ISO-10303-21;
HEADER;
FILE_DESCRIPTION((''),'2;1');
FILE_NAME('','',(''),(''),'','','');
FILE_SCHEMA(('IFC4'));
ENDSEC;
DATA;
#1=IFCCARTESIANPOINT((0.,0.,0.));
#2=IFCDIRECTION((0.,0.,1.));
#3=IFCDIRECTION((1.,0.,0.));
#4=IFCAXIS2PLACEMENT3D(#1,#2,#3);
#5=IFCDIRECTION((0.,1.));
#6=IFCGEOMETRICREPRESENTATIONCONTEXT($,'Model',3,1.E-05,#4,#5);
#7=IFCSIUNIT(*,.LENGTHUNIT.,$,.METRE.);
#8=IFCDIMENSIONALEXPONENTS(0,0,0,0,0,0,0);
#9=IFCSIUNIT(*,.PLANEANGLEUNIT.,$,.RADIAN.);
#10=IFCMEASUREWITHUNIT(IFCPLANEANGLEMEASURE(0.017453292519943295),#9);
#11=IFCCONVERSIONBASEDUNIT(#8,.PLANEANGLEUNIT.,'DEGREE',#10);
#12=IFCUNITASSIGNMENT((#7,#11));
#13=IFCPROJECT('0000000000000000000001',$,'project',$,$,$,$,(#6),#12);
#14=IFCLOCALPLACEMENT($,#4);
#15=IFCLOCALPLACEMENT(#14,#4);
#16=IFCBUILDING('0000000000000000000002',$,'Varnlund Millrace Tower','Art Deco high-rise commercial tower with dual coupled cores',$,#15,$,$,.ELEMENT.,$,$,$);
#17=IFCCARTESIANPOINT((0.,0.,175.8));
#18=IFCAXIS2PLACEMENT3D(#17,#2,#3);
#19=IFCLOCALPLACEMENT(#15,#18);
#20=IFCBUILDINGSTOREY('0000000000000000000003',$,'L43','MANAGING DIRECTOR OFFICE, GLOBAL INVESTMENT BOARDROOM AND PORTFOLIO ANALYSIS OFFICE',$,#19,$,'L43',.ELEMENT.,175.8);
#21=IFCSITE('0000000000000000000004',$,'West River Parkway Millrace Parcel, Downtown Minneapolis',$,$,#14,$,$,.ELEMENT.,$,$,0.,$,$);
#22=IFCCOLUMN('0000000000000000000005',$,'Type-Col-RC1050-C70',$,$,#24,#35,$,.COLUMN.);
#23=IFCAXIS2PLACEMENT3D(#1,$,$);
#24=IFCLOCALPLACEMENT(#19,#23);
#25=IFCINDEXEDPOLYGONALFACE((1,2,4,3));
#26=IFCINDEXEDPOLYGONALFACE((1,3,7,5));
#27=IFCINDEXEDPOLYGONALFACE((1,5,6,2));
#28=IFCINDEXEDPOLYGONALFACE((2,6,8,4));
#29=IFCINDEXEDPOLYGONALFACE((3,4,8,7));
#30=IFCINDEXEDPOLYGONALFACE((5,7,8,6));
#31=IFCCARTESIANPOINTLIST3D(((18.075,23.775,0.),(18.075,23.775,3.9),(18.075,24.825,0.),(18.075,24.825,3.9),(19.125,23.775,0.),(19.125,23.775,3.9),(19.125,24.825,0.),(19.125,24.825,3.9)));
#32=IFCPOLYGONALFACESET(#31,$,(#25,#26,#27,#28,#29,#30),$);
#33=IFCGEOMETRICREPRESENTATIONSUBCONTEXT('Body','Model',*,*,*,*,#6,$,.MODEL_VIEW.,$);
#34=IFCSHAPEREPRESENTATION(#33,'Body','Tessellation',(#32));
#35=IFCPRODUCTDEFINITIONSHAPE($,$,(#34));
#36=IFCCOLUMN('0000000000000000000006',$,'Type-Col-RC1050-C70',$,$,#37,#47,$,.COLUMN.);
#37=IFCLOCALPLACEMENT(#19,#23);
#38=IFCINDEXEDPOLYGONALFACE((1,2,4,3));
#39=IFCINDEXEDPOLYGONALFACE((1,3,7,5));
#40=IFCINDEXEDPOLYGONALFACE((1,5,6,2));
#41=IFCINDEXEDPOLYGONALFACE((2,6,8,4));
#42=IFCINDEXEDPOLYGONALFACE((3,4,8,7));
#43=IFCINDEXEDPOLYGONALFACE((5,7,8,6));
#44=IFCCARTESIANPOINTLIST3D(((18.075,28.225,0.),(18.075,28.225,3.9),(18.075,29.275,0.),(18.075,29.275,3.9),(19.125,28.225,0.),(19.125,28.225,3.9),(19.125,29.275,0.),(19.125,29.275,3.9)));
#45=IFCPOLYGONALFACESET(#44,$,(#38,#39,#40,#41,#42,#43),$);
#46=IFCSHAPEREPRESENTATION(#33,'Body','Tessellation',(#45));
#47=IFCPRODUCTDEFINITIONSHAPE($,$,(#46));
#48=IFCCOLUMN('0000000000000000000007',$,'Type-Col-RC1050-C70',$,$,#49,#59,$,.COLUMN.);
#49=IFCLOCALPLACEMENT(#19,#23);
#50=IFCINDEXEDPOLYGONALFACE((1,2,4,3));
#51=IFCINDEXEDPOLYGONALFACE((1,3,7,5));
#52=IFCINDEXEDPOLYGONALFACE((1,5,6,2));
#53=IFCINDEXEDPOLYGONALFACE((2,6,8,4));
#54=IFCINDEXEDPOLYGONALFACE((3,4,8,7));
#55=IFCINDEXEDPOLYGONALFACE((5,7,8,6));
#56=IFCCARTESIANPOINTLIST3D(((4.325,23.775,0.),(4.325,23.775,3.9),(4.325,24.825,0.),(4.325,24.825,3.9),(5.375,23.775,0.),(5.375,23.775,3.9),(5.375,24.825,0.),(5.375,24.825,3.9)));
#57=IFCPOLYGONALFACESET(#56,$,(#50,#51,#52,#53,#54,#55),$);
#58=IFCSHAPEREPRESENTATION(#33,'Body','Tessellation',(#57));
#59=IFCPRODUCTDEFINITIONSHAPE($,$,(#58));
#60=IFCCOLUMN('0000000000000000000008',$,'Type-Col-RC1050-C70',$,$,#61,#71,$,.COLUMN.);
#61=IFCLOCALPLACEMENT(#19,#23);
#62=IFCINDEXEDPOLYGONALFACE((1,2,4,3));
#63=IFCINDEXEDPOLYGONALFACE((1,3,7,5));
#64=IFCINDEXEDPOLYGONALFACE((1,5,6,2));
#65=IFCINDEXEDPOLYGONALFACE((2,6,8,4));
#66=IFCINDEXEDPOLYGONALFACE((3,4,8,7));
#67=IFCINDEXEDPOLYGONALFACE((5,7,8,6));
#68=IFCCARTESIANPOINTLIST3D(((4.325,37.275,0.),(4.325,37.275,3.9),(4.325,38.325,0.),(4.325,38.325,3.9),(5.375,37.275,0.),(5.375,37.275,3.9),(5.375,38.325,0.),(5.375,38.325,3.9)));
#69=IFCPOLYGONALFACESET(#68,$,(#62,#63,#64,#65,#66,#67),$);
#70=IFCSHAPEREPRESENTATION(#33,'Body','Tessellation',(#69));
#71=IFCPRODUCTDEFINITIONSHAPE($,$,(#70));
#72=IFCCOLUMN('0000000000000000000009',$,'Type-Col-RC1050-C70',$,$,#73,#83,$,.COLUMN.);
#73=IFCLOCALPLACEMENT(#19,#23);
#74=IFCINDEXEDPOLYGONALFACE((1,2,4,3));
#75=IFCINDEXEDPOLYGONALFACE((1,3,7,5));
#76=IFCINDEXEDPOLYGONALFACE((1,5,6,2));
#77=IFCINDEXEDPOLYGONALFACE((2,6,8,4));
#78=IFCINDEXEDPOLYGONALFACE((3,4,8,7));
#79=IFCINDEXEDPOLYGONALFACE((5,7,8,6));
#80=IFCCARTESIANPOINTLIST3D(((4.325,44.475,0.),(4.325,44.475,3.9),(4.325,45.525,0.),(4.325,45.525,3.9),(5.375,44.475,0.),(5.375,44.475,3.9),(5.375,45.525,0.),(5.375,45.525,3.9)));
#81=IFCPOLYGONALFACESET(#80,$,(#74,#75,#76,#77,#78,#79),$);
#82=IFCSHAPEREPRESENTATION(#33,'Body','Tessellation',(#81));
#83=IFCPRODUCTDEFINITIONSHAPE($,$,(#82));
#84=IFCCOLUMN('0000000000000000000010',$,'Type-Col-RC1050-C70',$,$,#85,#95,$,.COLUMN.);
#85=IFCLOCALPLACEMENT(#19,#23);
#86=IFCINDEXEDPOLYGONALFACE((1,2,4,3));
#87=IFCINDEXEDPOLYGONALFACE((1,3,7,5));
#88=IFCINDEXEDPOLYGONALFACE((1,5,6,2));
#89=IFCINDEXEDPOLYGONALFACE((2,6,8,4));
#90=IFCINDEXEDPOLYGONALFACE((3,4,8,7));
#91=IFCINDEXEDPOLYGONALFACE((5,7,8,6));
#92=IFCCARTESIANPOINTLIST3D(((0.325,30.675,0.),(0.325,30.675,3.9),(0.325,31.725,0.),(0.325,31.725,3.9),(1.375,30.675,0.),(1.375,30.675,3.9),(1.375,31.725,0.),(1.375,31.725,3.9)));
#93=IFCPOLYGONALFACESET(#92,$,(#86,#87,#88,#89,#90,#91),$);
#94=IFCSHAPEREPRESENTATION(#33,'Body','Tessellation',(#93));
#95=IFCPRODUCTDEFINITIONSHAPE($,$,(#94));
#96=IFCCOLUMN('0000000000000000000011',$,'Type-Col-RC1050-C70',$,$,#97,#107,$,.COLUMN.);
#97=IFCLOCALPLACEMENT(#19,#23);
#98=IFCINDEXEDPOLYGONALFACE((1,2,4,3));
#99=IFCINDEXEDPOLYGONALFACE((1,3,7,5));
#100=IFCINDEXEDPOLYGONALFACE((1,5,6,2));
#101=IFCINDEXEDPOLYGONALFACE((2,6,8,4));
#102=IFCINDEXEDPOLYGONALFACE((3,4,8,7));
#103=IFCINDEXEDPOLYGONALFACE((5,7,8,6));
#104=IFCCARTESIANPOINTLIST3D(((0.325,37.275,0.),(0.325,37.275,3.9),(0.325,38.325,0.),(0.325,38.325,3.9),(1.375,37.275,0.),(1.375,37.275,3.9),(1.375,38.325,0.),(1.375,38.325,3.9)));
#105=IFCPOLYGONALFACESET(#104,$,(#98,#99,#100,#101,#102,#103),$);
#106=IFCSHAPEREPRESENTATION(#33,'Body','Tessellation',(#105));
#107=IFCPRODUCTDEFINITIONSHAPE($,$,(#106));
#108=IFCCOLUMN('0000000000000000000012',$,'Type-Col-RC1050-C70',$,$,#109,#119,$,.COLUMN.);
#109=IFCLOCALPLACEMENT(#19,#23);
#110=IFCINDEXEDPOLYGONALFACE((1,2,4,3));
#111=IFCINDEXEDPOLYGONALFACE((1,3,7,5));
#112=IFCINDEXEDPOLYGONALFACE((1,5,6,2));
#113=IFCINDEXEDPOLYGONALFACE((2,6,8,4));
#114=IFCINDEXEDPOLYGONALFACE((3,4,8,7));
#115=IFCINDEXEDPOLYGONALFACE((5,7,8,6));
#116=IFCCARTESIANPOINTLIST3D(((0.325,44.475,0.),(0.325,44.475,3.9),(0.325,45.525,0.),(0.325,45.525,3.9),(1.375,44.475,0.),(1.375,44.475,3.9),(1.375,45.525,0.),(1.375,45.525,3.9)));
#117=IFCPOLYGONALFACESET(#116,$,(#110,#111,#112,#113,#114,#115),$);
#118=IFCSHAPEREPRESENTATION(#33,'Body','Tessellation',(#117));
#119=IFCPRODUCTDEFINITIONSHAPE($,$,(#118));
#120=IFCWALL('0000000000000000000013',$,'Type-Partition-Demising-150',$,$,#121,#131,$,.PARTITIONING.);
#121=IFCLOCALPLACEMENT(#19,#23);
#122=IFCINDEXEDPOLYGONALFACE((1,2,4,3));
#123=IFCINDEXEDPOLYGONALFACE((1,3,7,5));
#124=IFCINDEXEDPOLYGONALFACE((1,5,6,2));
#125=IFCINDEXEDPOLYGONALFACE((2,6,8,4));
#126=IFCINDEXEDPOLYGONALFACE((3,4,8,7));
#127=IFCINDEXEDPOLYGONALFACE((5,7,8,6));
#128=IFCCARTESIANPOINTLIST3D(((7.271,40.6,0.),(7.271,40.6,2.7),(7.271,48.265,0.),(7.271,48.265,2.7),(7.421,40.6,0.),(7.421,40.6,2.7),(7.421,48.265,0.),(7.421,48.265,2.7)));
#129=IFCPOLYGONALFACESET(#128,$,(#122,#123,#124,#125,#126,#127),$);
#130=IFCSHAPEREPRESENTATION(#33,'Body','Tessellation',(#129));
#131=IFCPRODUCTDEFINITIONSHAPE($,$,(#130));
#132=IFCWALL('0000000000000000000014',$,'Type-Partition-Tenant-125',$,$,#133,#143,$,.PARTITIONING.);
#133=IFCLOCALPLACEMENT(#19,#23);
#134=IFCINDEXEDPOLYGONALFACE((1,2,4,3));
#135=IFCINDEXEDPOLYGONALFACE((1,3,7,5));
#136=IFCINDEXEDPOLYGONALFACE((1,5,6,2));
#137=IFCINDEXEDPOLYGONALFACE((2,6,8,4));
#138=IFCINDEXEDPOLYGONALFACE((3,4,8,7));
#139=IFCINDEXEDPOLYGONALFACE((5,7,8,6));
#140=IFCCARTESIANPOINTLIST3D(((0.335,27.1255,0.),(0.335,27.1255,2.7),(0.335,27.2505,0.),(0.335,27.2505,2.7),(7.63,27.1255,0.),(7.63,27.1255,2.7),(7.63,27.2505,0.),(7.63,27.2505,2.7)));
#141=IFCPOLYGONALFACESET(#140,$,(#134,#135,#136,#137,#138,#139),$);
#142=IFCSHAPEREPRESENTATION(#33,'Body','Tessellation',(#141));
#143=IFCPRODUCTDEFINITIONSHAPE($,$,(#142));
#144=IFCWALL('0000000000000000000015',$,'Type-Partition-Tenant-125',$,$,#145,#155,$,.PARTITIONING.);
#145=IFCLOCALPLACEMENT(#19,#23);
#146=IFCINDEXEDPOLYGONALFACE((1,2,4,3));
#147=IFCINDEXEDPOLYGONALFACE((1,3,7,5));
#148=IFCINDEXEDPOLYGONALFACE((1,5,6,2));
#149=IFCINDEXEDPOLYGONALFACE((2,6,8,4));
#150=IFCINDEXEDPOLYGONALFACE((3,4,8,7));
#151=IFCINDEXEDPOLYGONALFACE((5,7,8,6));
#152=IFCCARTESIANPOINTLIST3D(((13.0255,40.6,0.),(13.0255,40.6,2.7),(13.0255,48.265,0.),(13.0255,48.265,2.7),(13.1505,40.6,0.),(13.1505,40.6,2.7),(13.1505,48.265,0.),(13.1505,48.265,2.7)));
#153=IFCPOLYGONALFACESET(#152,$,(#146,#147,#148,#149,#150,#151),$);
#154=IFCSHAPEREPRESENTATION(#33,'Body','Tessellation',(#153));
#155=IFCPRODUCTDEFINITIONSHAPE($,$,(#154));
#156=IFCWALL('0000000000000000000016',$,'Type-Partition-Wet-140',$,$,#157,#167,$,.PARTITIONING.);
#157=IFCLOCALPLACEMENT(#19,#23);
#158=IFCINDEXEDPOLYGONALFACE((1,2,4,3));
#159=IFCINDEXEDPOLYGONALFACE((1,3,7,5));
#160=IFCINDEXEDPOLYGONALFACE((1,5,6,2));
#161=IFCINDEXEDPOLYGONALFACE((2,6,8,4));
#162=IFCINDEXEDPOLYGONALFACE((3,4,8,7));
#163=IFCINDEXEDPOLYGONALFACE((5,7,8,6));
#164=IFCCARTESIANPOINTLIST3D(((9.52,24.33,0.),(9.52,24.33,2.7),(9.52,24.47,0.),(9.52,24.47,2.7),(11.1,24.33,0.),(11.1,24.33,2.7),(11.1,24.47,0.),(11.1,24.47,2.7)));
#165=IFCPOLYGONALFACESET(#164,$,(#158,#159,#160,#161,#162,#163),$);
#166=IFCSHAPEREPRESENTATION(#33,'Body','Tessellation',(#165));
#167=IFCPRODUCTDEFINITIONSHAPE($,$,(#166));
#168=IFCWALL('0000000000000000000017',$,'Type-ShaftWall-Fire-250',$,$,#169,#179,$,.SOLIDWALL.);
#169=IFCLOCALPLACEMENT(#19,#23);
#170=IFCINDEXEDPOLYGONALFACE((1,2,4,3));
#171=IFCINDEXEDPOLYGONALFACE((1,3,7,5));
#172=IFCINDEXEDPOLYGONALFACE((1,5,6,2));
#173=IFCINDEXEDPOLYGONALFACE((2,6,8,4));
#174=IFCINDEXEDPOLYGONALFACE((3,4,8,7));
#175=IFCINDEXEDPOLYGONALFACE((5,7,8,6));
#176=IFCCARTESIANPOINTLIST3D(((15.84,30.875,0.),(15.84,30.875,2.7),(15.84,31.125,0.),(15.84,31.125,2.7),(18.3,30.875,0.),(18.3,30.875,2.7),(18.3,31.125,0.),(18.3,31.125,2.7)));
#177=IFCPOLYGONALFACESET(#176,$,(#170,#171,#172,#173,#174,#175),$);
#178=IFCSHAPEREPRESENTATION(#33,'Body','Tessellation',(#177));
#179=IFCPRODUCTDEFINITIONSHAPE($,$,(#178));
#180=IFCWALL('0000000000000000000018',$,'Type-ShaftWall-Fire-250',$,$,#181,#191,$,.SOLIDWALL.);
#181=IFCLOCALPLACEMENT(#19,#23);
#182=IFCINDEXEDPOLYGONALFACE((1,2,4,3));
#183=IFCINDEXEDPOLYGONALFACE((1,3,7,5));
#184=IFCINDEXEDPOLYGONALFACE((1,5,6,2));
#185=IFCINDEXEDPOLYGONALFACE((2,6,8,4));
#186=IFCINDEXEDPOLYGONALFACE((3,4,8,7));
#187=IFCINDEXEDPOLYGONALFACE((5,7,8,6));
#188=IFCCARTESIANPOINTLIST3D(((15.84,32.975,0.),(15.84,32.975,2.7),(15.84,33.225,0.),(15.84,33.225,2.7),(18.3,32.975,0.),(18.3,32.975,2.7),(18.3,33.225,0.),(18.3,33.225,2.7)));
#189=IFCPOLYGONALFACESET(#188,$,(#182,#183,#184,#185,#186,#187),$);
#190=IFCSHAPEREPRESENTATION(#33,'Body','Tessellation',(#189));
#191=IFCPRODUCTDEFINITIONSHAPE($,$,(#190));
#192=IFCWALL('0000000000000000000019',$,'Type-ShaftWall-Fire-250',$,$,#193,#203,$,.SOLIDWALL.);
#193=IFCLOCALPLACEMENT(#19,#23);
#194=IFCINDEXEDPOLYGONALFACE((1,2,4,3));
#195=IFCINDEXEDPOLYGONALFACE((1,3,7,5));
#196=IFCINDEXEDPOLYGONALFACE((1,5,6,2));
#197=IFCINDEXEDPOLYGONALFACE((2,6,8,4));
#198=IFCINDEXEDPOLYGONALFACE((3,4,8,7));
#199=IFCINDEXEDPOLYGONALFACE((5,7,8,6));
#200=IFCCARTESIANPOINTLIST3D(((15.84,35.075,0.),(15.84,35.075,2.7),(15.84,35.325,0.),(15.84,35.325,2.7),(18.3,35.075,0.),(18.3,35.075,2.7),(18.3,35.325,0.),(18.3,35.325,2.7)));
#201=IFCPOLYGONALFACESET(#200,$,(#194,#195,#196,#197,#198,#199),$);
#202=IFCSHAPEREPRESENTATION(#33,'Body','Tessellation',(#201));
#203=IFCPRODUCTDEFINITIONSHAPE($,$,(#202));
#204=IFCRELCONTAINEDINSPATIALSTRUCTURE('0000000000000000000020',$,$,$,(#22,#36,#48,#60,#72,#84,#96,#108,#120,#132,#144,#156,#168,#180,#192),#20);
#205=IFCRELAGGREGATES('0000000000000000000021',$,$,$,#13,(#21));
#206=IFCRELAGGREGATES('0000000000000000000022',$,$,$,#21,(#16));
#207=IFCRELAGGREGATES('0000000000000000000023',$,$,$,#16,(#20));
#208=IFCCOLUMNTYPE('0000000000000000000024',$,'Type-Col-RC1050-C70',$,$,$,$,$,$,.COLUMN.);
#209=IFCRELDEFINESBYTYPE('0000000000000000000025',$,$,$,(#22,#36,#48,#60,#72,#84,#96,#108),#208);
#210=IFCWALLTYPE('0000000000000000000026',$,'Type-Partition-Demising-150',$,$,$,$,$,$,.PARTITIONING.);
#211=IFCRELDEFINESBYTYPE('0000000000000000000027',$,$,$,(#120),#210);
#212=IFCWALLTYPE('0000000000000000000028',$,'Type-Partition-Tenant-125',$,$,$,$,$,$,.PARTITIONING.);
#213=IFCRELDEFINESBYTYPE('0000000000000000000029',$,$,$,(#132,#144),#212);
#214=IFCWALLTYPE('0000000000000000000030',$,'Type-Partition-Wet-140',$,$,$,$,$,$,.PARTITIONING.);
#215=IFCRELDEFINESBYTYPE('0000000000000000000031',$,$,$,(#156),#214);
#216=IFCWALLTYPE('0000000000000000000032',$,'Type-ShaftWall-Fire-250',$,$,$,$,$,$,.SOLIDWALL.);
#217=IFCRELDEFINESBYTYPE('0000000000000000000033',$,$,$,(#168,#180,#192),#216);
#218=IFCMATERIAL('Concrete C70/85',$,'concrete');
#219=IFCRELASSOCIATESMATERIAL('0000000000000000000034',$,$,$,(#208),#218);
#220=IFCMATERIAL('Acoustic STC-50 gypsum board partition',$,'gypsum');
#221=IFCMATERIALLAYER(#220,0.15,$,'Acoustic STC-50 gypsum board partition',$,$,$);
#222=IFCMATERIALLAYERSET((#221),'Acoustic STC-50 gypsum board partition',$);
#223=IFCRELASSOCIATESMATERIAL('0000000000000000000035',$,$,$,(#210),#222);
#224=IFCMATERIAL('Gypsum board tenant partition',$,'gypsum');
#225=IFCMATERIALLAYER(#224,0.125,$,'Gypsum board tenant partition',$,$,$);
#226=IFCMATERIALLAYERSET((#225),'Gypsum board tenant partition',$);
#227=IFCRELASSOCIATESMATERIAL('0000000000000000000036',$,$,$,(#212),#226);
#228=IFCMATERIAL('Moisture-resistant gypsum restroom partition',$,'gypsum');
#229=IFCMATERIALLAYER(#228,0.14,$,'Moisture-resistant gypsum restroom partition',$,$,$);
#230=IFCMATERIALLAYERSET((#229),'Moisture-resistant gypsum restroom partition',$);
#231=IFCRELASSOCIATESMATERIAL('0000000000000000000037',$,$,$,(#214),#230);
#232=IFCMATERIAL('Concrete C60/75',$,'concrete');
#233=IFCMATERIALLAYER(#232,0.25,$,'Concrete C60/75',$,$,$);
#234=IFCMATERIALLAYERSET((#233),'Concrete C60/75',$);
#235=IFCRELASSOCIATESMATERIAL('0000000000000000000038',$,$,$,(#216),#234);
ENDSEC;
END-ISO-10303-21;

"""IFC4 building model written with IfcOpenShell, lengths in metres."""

from ifc_helpers import new_model, entity, si_unit, converted_unit, direction, frame, origin_with_axes, origin_2d_with_axis, place, context, subcontext, project, spatial, polyline, rectangle, outline, extrude, material, layer, layer_set, material_profile, profile_set, type_object, element, save


model = new_model("IFC4")

# Units and contexts
model_context = context("Model", 3, precision=1e-05, world=origin_with_axes(), true_north=direction((0.0, 1.0)))
body_context = subcontext(model_context, "Body", "Model", "MODEL_VIEW")
ifc_project = project(units=[si_unit("LENGTHUNIT", "METRE"), converted_unit("PLANEANGLEUNIT", "DEGREE", entity("IfcPlaneAngleMeasure", 0.017453292519943295), si_unit("PLANEANGLEUNIT", "RADIAN"), dimensions=[0, 0, 0, 0, 0, 0, 0])], contexts=[model_context])

# Site, building, storey
site_placement = place(None, origin_with_axes())
site = spatial("IfcSite", under=ifc_project, at=site_placement, Name="West River Parkway Millrace Parcel, Downtown Minneapolis", CompositionType="ELEMENT", RefElevation=0.0)
building_placement = place(site_placement, origin_with_axes())
building = spatial("IfcBuilding", under=site, at=building_placement, Name="Varnlund Millrace Tower", Description="Art Deco high-rise commercial tower with dual coupled cores", CompositionType="ELEMENT")
storey_placement = place(building_placement, frame((0.0, 0.0, 175.8), z_axis=(0.0, 0.0, 1.0), x_axis=(1.0, 0.0, 0.0)))
storey = spatial("IfcBuildingStorey", under=building, at=storey_placement, Name="L43", Description="MANAGING DIRECTOR OFFICE, GLOBAL INVESTMENT BOARDROOM AND PORTFOLIO ANALYSIS OFFICE", LongName="L43", CompositionType="ELEMENT", Elevation=175.8)

# Columns
ifc_material_1 = material(Name="Concrete C70/85", Category="concrete")
ifc_material_profile = material_profile(ifc_material_1, rectangle(XDim=1.05, YDim=1.05, at=origin_2d_with_axis()), Name="Concrete C70/85")
ifc_profile_set = profile_set([ifc_material_profile], Name="Concrete C70/85")
column_type = type_object("IfcColumnType", Name="Type-Col-RC1050-C70", PredefinedType="COLUMN", material=ifc_profile_set)
for number, where, z_axis, x_axis, name in (
    (1, (18.6, 24.3, 0.0), (0.0, 0.0, 1.0), (1.0, 0.0, 0.0), "Type-Col-RC1050-C70"),
    (2, (18.6, 28.75, 0.0), (0.0, 0.0, 1.0), (1.0, 0.0, 0.0), "Type-Col-RC1050-C70"),
    (3, (4.85, 24.3, 0.0), (0.0, 0.0, 1.0), (1.0, 0.0, 0.0), "Type-Col-RC1050-C70"),
    (4, (4.85, 37.8, 0.0), (0.0, 0.0, 1.0), (1.0, 0.0, 0.0), "Type-Col-RC1050-C70"),
    (5, (4.85, 45.0, 0.0), (0.0, 0.0, 1.0), (1.0, 0.0, 0.0), "Type-Col-RC1050-C70"),
    (6, (0.85, 31.2, 0.0), (0.0, 0.0, 1.0), (1.0, 0.0, 0.0), "Type-Col-RC1050-C70"),
    (7, (0.85, 37.8, 0.0), (0.0, 0.0, 1.0), (1.0, 0.0, 0.0), "Type-Col-RC1050-C70"),
    (8, (0.85, 45.0, 0.0), (0.0, 0.0, 1.0), (1.0, 0.0, 0.0), "Type-Col-RC1050-C70"),
):
    element("IfcColumn", number, at=place(storey_placement, frame(where, z_axis=z_axis, x_axis=x_axis)), inside=storey, type_object=column_type, Name=name, PredefinedType="COLUMN", context=body_context, shape_type="SweptSolid", body=[
        extrude(rectangle(XDim=1.05, YDim=1.05, at=origin_2d_with_axis()), origin_with_axes(), (0.0, 0.0, 1.0), 3.9),
    ])

# Walls
ifc_material_2 = material(Name="Acoustic STC-50 gypsum board partition", Category="gypsum")
ifc_layer_1 = layer(ifc_material_2, 0.15, Name="Acoustic STC-50 gypsum board partition")
ifc_layer_set_1 = layer_set([ifc_layer_1], Name="Acoustic STC-50 gypsum board partition")
wall_type_1 = type_object("IfcWallType", Name="Type-Partition-Demising-150", PredefinedType="PARTITIONING", material=ifc_layer_set_1)
wall_1_placement = place(storey_placement, frame((7.346, 40.6, 0.0), z_axis=(0.0, 0.0, 1.0), x_axis=(0.0, 1.0, 0.0)))
element("IfcWall", 9, at=wall_1_placement, inside=storey, type_object=wall_type_1, Name="Type-Partition-Demising-150", PredefinedType="PARTITIONING", context=body_context, shape_type="SweptSolid", body=[
    extrude(outline(polyline([(0.0, -0.075), (7.665, -0.075), (7.665, 0.075), (0.0, 0.075), (0.0, -0.075)])), origin_with_axes(), (0.0, 0.0, 1.0), 2.7),
])
ifc_material_3 = material(Name="Gypsum board tenant partition", Category="gypsum")
ifc_layer_2 = layer(ifc_material_3, 0.125, Name="Gypsum board tenant partition")
ifc_layer_set_2 = layer_set([ifc_layer_2], Name="Gypsum board tenant partition")
wall_type_2 = type_object("IfcWallType", Name="Type-Partition-Tenant-125", PredefinedType="PARTITIONING", material=ifc_layer_set_2)
wall_2_placement = place(storey_placement, frame((0.335, 27.188, 0.0), z_axis=(0.0, 0.0, 1.0), x_axis=(1.0, 0.0, 0.0)))
element("IfcWall", 10, at=wall_2_placement, inside=storey, type_object=wall_type_2, Name="Type-Partition-Tenant-125", PredefinedType="PARTITIONING", context=body_context, shape_type="SweptSolid", body=[
    extrude(outline(polyline([(0.0, -0.0625), (7.295, -0.0625), (7.295, 0.0625), (0.0, 0.0625), (0.0, -0.0625)])), origin_with_axes(), (0.0, 0.0, 1.0), 2.7),
])
wall_3_placement = place(storey_placement, frame((13.088, 40.6, 0.0), z_axis=(0.0, 0.0, 1.0), x_axis=(0.0, 1.0, 0.0)))
element("IfcWall", 11, at=wall_3_placement, inside=storey, type_object=wall_type_2, Name="Type-Partition-Tenant-125", PredefinedType="PARTITIONING", context=body_context, shape_type="SweptSolid", body=[
    extrude(outline(polyline([(0.0, -0.0625), (7.665, -0.0625), (7.665, 0.0625), (0.0, 0.0625), (0.0, -0.0625)])), origin_with_axes(), (0.0, 0.0, 1.0), 2.7),
])
ifc_material_4 = material(Name="Moisture-resistant gypsum restroom partition", Category="gypsum")
ifc_layer_3 = layer(ifc_material_4, 0.14, Name="Moisture-resistant gypsum restroom partition")
ifc_layer_set_3 = layer_set([ifc_layer_3], Name="Moisture-resistant gypsum restroom partition")
wall_type_3 = type_object("IfcWallType", Name="Type-Partition-Wet-140", PredefinedType="PARTITIONING", material=ifc_layer_set_3)
wall_4_placement = place(storey_placement, frame((9.52, 24.4, 0.0), z_axis=(0.0, 0.0, 1.0), x_axis=(1.0, 0.0, 0.0)))
element("IfcWall", 12, at=wall_4_placement, inside=storey, type_object=wall_type_3, Name="Type-Partition-Wet-140", PredefinedType="PARTITIONING", context=body_context, shape_type="SweptSolid", body=[
    extrude(outline(polyline([(0.0, -0.07), (1.58, -0.07), (1.58, 0.07), (0.0, 0.07), (0.0, -0.07)])), origin_with_axes(), (0.0, 0.0, 1.0), 2.7),
])
ifc_material_5 = material(Name="Concrete C60/75", Category="concrete")
ifc_layer_4 = layer(ifc_material_5, 0.25, Name="Concrete C60/75")
ifc_layer_set_4 = layer_set([ifc_layer_4], Name="Concrete C60/75")
wall_type_4 = type_object("IfcWallType", Name="Type-ShaftWall-Fire-250", PredefinedType="SOLIDWALL", material=ifc_layer_set_4)
for number, where, z_axis, x_axis, name in (
    (13, (15.84, 31.0, 0.0), (0.0, 0.0, 1.0), (1.0, 0.0, 0.0), "Type-ShaftWall-Fire-250"),
    (14, (15.84, 33.1, 0.0), (0.0, 0.0, 1.0), (1.0, 0.0, 0.0), "Type-ShaftWall-Fire-250"),
    (15, (15.84, 35.2, 0.0), (0.0, 0.0, 1.0), (1.0, 0.0, 0.0), "Type-ShaftWall-Fire-250"),
):
    element("IfcWall", number, at=place(storey_placement, frame(where, z_axis=z_axis, x_axis=x_axis)), inside=storey, type_object=wall_type_4, Name=name, PredefinedType="SOLIDWALL", context=body_context, shape_type="SweptSolid", body=[
        extrude(outline(polyline([(0.0, -0.125), (2.46, -0.125), (2.46, 0.125), (0.0, 0.125), (0.0, -0.125)])), origin_with_axes(), (0.0, 0.0, 1.0), 2.7),
    ])

save(model, "model.ifc")
